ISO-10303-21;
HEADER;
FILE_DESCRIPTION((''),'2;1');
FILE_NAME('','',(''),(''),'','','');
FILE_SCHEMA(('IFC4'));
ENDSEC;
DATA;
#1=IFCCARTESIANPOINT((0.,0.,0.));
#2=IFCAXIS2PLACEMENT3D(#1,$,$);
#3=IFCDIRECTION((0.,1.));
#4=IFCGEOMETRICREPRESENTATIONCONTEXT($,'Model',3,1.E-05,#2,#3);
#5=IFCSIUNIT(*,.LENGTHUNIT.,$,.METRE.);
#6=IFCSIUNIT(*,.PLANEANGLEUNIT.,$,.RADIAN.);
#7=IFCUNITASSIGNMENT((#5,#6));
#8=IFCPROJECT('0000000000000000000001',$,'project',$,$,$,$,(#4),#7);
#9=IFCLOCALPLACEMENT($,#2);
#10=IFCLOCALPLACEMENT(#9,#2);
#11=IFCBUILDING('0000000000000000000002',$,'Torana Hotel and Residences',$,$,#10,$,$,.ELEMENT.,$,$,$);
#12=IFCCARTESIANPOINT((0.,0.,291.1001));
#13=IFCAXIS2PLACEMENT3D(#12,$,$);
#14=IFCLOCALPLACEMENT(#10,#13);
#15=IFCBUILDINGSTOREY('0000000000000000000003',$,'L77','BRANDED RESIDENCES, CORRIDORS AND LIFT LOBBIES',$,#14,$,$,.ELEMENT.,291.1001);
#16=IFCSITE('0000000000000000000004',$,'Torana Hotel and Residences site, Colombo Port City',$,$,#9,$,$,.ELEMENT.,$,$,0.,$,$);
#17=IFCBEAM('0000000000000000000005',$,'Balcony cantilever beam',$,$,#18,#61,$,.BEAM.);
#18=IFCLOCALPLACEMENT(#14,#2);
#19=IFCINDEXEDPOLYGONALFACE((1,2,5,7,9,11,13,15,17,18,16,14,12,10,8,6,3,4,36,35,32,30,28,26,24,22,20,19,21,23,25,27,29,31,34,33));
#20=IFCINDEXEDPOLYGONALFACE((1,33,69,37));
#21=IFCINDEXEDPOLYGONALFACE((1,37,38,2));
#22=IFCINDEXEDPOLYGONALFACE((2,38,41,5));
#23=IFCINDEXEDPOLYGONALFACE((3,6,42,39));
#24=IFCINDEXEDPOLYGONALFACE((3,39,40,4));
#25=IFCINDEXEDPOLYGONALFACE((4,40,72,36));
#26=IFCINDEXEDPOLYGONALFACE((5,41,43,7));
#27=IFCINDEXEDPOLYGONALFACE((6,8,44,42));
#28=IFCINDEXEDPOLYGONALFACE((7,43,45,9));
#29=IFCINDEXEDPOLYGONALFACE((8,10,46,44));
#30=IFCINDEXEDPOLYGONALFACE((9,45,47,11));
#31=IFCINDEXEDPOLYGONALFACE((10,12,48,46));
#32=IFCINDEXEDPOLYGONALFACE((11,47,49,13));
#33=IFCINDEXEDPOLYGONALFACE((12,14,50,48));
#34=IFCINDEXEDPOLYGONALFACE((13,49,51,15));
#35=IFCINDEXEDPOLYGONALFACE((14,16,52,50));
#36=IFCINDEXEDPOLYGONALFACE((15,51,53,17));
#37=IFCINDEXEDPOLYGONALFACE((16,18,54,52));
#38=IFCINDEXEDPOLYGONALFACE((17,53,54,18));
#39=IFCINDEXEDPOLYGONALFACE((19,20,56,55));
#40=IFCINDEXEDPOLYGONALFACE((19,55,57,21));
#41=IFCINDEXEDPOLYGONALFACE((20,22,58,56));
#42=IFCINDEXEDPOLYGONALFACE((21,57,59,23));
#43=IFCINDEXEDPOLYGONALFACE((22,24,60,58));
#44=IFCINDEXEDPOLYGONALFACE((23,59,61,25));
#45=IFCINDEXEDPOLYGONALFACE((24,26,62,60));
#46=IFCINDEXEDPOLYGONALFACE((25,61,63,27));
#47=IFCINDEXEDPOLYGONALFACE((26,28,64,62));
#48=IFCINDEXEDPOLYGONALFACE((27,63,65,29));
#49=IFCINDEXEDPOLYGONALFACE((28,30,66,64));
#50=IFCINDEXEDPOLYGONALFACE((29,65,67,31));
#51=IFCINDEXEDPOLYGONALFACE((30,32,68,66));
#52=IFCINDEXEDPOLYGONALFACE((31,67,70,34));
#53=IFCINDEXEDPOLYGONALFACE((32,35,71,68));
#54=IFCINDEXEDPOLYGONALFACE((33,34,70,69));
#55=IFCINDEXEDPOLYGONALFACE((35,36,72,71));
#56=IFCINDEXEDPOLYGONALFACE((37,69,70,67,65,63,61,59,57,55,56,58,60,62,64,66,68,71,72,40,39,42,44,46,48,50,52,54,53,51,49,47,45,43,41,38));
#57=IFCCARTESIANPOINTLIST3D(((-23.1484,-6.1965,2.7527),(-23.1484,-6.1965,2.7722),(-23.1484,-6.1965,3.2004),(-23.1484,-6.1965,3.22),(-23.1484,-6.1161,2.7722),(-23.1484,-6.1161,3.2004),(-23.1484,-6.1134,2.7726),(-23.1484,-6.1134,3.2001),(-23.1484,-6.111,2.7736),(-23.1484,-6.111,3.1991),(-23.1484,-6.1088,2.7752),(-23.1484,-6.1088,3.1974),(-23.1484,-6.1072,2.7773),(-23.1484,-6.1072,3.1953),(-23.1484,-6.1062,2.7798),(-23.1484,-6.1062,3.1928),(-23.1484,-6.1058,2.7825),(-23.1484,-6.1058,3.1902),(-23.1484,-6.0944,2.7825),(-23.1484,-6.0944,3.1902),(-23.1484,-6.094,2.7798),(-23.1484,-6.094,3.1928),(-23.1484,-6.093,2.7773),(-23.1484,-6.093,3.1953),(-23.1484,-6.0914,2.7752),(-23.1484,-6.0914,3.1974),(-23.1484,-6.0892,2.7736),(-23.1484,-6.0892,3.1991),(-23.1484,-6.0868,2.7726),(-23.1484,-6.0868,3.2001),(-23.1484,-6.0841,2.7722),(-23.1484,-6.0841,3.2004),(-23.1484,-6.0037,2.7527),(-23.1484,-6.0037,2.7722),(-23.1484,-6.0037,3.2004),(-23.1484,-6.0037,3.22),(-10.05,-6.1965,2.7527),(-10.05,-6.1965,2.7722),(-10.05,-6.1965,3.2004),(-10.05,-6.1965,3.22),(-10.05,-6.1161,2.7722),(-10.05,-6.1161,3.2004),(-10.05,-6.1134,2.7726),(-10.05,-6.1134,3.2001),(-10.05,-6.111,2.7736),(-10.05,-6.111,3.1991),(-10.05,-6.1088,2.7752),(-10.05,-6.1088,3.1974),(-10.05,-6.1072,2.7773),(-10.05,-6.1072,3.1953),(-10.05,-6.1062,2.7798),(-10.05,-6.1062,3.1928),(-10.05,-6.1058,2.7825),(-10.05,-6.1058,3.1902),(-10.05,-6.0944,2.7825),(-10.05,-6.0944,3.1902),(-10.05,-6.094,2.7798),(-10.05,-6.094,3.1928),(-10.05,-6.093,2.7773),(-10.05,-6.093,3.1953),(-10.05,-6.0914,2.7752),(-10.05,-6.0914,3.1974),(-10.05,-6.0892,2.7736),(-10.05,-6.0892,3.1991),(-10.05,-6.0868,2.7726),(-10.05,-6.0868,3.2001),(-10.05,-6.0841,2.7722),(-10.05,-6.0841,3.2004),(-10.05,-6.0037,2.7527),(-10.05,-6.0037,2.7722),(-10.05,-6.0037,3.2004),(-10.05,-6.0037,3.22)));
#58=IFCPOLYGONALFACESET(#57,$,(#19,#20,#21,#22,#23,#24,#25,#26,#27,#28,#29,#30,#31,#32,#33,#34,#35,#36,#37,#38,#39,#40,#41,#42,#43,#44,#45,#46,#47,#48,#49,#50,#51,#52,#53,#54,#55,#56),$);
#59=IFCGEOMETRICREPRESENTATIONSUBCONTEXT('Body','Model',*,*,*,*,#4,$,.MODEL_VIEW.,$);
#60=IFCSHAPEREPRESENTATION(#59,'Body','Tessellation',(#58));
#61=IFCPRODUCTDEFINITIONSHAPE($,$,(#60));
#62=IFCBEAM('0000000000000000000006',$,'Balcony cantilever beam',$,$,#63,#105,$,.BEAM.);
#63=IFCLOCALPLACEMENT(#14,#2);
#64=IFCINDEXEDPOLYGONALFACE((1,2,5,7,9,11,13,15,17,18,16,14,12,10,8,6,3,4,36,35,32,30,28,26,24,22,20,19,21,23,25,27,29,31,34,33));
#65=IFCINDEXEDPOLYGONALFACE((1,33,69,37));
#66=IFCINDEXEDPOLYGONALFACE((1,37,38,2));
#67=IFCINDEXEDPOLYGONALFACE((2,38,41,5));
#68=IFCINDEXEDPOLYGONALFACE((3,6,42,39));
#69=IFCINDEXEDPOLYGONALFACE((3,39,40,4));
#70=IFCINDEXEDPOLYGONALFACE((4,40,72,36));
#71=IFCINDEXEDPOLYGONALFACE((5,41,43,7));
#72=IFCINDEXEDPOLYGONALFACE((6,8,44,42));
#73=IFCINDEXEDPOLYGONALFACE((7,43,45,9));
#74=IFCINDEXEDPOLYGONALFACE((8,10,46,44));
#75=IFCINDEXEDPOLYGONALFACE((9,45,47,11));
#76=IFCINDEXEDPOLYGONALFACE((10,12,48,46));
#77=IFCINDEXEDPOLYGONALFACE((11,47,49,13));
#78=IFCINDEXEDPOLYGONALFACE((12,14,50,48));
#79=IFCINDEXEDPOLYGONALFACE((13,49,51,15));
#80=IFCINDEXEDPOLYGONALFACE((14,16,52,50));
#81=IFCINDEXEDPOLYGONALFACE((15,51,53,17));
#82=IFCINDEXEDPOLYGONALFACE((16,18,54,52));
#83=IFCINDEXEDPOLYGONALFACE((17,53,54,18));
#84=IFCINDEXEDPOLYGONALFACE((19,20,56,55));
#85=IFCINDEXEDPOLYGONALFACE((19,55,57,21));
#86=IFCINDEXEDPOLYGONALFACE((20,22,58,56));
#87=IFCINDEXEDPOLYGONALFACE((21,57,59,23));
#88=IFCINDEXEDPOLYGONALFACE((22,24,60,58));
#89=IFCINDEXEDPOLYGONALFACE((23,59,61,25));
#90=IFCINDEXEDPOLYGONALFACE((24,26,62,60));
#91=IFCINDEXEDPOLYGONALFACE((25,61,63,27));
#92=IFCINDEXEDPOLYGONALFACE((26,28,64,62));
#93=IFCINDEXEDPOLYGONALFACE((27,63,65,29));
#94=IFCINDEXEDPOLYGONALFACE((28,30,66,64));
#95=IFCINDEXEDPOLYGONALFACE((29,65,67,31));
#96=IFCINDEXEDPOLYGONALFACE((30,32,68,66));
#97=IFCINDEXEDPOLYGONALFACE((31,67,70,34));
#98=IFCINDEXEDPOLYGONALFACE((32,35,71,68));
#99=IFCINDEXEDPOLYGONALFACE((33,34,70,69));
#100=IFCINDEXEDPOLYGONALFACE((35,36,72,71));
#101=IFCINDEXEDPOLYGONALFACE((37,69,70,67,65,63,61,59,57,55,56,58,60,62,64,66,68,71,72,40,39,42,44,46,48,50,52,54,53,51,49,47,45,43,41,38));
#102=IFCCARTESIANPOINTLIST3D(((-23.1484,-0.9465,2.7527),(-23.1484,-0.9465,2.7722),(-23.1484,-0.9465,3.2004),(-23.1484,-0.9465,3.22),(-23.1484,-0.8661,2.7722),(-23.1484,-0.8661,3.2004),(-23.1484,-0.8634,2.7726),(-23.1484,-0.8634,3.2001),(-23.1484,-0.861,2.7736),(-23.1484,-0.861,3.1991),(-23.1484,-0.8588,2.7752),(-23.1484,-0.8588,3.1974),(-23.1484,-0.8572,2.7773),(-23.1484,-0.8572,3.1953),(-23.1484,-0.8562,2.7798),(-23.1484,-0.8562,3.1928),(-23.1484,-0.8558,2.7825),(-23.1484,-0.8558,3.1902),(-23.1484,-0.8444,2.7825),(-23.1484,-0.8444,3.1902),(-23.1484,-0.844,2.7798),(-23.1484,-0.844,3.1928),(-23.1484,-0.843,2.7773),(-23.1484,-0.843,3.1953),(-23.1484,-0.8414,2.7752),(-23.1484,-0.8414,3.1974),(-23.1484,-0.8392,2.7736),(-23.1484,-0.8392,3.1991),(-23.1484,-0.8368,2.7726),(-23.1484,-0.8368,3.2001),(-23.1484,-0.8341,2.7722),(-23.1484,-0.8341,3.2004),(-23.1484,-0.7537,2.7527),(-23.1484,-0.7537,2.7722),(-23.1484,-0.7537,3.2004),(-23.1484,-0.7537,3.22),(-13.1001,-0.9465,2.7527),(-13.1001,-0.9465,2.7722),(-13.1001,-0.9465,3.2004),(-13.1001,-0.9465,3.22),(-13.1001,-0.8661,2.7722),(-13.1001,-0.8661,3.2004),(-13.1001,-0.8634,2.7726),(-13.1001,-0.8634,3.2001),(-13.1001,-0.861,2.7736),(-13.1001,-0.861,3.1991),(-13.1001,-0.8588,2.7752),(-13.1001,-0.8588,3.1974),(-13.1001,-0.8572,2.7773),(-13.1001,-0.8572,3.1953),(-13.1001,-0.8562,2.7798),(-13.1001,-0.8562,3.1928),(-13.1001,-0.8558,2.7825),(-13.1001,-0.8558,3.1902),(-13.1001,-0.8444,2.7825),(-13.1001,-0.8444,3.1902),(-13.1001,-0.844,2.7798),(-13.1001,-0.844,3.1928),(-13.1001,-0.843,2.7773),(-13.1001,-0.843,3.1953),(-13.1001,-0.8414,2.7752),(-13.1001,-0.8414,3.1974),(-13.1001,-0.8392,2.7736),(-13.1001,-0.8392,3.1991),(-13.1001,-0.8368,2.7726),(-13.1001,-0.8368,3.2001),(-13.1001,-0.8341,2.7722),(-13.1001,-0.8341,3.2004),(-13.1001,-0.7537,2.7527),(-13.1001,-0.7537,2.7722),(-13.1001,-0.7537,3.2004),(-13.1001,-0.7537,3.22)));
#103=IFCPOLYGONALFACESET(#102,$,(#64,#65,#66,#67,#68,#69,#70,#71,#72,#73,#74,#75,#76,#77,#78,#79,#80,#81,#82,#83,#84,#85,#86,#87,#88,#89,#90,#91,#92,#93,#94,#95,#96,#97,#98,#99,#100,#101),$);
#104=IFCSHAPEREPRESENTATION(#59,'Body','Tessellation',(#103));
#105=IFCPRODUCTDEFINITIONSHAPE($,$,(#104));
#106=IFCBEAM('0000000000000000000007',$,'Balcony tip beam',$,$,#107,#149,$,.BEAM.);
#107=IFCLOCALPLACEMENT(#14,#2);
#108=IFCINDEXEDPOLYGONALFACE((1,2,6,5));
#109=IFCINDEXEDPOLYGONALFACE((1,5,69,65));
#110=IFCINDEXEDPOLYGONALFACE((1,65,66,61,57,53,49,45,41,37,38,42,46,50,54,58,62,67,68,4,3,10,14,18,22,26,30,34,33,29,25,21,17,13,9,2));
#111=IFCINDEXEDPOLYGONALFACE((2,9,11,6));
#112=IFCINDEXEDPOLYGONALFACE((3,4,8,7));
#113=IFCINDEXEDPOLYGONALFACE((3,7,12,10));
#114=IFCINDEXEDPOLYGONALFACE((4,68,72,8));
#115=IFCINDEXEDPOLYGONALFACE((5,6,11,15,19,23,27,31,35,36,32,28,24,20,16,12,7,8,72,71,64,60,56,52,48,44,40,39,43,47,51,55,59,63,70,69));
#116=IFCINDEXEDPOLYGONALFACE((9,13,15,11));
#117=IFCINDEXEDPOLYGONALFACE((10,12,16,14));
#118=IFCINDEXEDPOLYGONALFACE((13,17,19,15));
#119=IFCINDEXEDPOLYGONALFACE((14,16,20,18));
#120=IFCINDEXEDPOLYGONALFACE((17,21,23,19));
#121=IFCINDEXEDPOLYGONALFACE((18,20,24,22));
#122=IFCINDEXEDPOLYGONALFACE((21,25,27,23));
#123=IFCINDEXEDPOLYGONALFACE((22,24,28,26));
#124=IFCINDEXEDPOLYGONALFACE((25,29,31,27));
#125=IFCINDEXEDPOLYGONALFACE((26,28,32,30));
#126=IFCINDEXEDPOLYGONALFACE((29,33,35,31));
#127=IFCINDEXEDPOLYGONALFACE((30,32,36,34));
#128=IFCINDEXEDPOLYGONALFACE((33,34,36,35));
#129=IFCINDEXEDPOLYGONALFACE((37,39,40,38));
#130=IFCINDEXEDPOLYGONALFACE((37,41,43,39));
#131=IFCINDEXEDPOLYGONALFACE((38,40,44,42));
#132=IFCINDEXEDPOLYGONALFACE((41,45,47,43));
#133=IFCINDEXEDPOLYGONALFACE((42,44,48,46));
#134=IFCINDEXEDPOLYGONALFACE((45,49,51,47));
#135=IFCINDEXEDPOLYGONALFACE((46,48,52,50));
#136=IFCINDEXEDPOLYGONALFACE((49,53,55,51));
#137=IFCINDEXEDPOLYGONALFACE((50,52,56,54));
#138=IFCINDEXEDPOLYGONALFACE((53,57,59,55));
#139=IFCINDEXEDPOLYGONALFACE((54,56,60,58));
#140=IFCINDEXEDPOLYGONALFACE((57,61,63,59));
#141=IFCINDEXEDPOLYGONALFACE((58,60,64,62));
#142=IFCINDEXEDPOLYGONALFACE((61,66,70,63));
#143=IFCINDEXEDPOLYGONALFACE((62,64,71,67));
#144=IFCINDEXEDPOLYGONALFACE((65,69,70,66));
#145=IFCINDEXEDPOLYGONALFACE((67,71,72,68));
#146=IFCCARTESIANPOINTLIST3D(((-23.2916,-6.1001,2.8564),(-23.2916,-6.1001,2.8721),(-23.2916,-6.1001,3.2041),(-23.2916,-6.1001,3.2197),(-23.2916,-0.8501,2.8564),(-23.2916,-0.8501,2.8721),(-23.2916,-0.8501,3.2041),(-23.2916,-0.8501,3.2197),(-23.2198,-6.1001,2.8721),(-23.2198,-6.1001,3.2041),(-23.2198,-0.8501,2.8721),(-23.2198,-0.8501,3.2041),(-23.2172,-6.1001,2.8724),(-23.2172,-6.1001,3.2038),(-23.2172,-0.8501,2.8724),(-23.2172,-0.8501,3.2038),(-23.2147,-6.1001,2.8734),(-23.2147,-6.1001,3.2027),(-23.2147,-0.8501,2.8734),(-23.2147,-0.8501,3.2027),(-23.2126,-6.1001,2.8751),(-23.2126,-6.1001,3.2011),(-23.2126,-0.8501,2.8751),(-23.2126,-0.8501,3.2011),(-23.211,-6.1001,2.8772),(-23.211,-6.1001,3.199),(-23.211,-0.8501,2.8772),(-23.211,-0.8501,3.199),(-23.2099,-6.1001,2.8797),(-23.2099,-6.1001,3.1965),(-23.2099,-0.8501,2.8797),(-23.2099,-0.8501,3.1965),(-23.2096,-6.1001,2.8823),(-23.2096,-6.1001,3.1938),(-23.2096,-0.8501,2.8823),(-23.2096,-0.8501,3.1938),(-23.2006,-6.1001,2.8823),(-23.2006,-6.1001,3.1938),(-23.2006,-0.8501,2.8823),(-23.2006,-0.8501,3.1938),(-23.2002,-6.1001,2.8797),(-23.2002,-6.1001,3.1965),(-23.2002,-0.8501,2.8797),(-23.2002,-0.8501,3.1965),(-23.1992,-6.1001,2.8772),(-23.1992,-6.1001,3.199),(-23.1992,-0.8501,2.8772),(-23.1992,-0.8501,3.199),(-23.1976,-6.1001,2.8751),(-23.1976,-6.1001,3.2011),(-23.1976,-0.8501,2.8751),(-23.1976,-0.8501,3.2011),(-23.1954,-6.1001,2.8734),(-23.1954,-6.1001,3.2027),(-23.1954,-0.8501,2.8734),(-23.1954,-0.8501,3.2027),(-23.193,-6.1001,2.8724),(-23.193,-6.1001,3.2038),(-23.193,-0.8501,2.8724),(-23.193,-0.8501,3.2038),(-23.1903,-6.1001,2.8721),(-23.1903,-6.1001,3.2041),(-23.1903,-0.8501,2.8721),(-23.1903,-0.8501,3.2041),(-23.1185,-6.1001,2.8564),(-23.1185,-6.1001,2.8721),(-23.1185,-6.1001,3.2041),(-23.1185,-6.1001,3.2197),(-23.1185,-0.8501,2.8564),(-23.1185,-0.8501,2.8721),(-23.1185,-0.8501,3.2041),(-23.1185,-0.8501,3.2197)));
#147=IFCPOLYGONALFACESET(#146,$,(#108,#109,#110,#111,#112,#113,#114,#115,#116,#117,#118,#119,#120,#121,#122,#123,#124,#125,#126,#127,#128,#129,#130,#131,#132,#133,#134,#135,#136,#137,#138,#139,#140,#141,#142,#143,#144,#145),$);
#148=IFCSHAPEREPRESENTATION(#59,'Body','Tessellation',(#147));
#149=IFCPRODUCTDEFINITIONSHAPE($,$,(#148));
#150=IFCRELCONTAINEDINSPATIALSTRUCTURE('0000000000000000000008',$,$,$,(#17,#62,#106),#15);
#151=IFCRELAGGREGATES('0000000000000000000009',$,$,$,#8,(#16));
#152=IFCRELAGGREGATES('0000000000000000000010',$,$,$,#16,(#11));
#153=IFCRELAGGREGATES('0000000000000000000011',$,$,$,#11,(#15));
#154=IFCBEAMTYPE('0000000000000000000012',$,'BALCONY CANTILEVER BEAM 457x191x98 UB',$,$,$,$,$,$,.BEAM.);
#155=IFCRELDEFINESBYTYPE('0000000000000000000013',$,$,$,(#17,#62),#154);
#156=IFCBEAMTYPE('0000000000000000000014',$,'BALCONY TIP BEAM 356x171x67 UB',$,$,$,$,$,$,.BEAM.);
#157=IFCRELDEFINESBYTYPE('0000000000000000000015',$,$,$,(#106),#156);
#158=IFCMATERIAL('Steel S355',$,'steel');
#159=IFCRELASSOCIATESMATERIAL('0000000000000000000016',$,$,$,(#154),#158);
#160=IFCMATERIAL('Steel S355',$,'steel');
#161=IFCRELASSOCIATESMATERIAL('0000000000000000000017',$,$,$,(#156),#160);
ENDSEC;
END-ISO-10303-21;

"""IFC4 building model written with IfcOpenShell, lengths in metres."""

from ifc_helpers import new_model, si_unit, direction, frame, origin, origin_2d, place, context, subcontext, project, spatial, i_section, extrude, material, material_profile, profile_set, type_object, element, save


model = new_model("IFC4")

# Units and contexts
model_context = context("Model", 3, precision=1e-05, world=origin(), true_north=direction((0.0, 1.0)))
body_context = subcontext(model_context, "Body", "Model", "MODEL_VIEW")
ifc_project = project(units=[si_unit("LENGTHUNIT", "METRE"), si_unit("PLANEANGLEUNIT", "RADIAN")], contexts=[model_context])

# Site, building, storey
site_placement = place(None, origin())
site = spatial("IfcSite", under=ifc_project, at=site_placement, Name="Torana Hotel and Residences site, Colombo Port City", CompositionType="ELEMENT", RefElevation=0.0)
building_placement = place(site_placement, origin())
building = spatial("IfcBuilding", under=site, at=building_placement, Name="Torana Hotel and Residences", CompositionType="ELEMENT")
storey_placement = place(building_placement, frame((0.0, 0.0, 291.1001)))
storey = spatial("IfcBuildingStorey", under=building, at=storey_placement, Name="L77", Description="BRANDED RESIDENCES, CORRIDORS AND LIFT LOBBIES", CompositionType="ELEMENT", Elevation=291.1001)

# Beams
ifc_material_1 = material(Name="Steel S355", Category="steel")
ifc_material_profile_1 = material_profile(ifc_material_1, i_section(OverallWidth=0.1929, OverallDepth=0.4673, WebThickness=0.0115, FlangeThickness=0.0195, FilletRadius=0.0103, at=origin_2d()), Name="457x191x98 UB")
ifc_profile_set_1 = profile_set([ifc_material_profile_1], Name="Steel S355")
beam_type_1 = type_object("IfcBeamType", Name="BALCONY CANTILEVER BEAM 457x191x98 UB", PredefinedType="BEAM", material=ifc_profile_set_1)
beam_1_placement = place(storey_placement, frame((-23.1484, -6.1001, 2.9863), z_axis=(1.0, 0.0, 0.0), x_axis=(0.0, 1.0, 0.0)))
element("IfcBeam", 1, at=beam_1_placement, inside=storey, type_object=beam_type_1, Name="Balcony cantilever beam", PredefinedType="BEAM", context=body_context, shape_type="SweptSolid", body=[
    extrude(i_section(OverallWidth=0.1929, OverallDepth=0.4673, WebThickness=0.0115, FlangeThickness=0.0195, FilletRadius=0.0103, at=origin_2d()), origin(), (0.0, 0.0, 1.0), 13.0984),
])
beam_2_placement = place(storey_placement, frame((-23.1484, -0.8501, 2.9863), z_axis=(1.0, 0.0, 0.0), x_axis=(0.0, 1.0, 0.0)))
element("IfcBeam", 2, at=beam_2_placement, inside=storey, type_object=beam_type_1, Name="Balcony cantilever beam", PredefinedType="BEAM", context=body_context, shape_type="SweptSolid", body=[
    extrude(i_section(OverallWidth=0.1929, OverallDepth=0.4673, WebThickness=0.0115, FlangeThickness=0.0195, FilletRadius=0.0103, at=origin_2d()), origin(), (0.0, 0.0, 1.0), 10.0483),
])
ifc_material_2 = material(Name="Steel S355", Category="steel")
ifc_material_profile_2 = material_profile(ifc_material_2, i_section(OverallWidth=0.1731, OverallDepth=0.3633, WebThickness=0.009, FlangeThickness=0.0156, FilletRadius=0.0103, at=origin_2d()), Name="356x171x67 UB")
ifc_profile_set_2 = profile_set([ifc_material_profile_2], Name="Steel S355")
beam_type_2 = type_object("IfcBeamType", Name="BALCONY TIP BEAM 356x171x67 UB", PredefinedType="BEAM", material=ifc_profile_set_2)
beam_3_placement = place(storey_placement, frame((-23.2051, -6.1001, 3.0381), z_axis=(0.0, 1.0, 0.0), x_axis=(-1.0, 0.0, 0.0)))
element("IfcBeam", 3, at=beam_3_placement, inside=storey, type_object=beam_type_2, Name="Balcony tip beam", PredefinedType="BEAM", context=body_context, shape_type="SweptSolid", body=[
    extrude(i_section(OverallWidth=0.1731, OverallDepth=0.3633, WebThickness=0.009, FlangeThickness=0.0156, FilletRadius=0.0103, at=origin_2d()), origin(), (0.0, 0.0, 1.0), 5.25),
])

save(model, "model.ifc")
